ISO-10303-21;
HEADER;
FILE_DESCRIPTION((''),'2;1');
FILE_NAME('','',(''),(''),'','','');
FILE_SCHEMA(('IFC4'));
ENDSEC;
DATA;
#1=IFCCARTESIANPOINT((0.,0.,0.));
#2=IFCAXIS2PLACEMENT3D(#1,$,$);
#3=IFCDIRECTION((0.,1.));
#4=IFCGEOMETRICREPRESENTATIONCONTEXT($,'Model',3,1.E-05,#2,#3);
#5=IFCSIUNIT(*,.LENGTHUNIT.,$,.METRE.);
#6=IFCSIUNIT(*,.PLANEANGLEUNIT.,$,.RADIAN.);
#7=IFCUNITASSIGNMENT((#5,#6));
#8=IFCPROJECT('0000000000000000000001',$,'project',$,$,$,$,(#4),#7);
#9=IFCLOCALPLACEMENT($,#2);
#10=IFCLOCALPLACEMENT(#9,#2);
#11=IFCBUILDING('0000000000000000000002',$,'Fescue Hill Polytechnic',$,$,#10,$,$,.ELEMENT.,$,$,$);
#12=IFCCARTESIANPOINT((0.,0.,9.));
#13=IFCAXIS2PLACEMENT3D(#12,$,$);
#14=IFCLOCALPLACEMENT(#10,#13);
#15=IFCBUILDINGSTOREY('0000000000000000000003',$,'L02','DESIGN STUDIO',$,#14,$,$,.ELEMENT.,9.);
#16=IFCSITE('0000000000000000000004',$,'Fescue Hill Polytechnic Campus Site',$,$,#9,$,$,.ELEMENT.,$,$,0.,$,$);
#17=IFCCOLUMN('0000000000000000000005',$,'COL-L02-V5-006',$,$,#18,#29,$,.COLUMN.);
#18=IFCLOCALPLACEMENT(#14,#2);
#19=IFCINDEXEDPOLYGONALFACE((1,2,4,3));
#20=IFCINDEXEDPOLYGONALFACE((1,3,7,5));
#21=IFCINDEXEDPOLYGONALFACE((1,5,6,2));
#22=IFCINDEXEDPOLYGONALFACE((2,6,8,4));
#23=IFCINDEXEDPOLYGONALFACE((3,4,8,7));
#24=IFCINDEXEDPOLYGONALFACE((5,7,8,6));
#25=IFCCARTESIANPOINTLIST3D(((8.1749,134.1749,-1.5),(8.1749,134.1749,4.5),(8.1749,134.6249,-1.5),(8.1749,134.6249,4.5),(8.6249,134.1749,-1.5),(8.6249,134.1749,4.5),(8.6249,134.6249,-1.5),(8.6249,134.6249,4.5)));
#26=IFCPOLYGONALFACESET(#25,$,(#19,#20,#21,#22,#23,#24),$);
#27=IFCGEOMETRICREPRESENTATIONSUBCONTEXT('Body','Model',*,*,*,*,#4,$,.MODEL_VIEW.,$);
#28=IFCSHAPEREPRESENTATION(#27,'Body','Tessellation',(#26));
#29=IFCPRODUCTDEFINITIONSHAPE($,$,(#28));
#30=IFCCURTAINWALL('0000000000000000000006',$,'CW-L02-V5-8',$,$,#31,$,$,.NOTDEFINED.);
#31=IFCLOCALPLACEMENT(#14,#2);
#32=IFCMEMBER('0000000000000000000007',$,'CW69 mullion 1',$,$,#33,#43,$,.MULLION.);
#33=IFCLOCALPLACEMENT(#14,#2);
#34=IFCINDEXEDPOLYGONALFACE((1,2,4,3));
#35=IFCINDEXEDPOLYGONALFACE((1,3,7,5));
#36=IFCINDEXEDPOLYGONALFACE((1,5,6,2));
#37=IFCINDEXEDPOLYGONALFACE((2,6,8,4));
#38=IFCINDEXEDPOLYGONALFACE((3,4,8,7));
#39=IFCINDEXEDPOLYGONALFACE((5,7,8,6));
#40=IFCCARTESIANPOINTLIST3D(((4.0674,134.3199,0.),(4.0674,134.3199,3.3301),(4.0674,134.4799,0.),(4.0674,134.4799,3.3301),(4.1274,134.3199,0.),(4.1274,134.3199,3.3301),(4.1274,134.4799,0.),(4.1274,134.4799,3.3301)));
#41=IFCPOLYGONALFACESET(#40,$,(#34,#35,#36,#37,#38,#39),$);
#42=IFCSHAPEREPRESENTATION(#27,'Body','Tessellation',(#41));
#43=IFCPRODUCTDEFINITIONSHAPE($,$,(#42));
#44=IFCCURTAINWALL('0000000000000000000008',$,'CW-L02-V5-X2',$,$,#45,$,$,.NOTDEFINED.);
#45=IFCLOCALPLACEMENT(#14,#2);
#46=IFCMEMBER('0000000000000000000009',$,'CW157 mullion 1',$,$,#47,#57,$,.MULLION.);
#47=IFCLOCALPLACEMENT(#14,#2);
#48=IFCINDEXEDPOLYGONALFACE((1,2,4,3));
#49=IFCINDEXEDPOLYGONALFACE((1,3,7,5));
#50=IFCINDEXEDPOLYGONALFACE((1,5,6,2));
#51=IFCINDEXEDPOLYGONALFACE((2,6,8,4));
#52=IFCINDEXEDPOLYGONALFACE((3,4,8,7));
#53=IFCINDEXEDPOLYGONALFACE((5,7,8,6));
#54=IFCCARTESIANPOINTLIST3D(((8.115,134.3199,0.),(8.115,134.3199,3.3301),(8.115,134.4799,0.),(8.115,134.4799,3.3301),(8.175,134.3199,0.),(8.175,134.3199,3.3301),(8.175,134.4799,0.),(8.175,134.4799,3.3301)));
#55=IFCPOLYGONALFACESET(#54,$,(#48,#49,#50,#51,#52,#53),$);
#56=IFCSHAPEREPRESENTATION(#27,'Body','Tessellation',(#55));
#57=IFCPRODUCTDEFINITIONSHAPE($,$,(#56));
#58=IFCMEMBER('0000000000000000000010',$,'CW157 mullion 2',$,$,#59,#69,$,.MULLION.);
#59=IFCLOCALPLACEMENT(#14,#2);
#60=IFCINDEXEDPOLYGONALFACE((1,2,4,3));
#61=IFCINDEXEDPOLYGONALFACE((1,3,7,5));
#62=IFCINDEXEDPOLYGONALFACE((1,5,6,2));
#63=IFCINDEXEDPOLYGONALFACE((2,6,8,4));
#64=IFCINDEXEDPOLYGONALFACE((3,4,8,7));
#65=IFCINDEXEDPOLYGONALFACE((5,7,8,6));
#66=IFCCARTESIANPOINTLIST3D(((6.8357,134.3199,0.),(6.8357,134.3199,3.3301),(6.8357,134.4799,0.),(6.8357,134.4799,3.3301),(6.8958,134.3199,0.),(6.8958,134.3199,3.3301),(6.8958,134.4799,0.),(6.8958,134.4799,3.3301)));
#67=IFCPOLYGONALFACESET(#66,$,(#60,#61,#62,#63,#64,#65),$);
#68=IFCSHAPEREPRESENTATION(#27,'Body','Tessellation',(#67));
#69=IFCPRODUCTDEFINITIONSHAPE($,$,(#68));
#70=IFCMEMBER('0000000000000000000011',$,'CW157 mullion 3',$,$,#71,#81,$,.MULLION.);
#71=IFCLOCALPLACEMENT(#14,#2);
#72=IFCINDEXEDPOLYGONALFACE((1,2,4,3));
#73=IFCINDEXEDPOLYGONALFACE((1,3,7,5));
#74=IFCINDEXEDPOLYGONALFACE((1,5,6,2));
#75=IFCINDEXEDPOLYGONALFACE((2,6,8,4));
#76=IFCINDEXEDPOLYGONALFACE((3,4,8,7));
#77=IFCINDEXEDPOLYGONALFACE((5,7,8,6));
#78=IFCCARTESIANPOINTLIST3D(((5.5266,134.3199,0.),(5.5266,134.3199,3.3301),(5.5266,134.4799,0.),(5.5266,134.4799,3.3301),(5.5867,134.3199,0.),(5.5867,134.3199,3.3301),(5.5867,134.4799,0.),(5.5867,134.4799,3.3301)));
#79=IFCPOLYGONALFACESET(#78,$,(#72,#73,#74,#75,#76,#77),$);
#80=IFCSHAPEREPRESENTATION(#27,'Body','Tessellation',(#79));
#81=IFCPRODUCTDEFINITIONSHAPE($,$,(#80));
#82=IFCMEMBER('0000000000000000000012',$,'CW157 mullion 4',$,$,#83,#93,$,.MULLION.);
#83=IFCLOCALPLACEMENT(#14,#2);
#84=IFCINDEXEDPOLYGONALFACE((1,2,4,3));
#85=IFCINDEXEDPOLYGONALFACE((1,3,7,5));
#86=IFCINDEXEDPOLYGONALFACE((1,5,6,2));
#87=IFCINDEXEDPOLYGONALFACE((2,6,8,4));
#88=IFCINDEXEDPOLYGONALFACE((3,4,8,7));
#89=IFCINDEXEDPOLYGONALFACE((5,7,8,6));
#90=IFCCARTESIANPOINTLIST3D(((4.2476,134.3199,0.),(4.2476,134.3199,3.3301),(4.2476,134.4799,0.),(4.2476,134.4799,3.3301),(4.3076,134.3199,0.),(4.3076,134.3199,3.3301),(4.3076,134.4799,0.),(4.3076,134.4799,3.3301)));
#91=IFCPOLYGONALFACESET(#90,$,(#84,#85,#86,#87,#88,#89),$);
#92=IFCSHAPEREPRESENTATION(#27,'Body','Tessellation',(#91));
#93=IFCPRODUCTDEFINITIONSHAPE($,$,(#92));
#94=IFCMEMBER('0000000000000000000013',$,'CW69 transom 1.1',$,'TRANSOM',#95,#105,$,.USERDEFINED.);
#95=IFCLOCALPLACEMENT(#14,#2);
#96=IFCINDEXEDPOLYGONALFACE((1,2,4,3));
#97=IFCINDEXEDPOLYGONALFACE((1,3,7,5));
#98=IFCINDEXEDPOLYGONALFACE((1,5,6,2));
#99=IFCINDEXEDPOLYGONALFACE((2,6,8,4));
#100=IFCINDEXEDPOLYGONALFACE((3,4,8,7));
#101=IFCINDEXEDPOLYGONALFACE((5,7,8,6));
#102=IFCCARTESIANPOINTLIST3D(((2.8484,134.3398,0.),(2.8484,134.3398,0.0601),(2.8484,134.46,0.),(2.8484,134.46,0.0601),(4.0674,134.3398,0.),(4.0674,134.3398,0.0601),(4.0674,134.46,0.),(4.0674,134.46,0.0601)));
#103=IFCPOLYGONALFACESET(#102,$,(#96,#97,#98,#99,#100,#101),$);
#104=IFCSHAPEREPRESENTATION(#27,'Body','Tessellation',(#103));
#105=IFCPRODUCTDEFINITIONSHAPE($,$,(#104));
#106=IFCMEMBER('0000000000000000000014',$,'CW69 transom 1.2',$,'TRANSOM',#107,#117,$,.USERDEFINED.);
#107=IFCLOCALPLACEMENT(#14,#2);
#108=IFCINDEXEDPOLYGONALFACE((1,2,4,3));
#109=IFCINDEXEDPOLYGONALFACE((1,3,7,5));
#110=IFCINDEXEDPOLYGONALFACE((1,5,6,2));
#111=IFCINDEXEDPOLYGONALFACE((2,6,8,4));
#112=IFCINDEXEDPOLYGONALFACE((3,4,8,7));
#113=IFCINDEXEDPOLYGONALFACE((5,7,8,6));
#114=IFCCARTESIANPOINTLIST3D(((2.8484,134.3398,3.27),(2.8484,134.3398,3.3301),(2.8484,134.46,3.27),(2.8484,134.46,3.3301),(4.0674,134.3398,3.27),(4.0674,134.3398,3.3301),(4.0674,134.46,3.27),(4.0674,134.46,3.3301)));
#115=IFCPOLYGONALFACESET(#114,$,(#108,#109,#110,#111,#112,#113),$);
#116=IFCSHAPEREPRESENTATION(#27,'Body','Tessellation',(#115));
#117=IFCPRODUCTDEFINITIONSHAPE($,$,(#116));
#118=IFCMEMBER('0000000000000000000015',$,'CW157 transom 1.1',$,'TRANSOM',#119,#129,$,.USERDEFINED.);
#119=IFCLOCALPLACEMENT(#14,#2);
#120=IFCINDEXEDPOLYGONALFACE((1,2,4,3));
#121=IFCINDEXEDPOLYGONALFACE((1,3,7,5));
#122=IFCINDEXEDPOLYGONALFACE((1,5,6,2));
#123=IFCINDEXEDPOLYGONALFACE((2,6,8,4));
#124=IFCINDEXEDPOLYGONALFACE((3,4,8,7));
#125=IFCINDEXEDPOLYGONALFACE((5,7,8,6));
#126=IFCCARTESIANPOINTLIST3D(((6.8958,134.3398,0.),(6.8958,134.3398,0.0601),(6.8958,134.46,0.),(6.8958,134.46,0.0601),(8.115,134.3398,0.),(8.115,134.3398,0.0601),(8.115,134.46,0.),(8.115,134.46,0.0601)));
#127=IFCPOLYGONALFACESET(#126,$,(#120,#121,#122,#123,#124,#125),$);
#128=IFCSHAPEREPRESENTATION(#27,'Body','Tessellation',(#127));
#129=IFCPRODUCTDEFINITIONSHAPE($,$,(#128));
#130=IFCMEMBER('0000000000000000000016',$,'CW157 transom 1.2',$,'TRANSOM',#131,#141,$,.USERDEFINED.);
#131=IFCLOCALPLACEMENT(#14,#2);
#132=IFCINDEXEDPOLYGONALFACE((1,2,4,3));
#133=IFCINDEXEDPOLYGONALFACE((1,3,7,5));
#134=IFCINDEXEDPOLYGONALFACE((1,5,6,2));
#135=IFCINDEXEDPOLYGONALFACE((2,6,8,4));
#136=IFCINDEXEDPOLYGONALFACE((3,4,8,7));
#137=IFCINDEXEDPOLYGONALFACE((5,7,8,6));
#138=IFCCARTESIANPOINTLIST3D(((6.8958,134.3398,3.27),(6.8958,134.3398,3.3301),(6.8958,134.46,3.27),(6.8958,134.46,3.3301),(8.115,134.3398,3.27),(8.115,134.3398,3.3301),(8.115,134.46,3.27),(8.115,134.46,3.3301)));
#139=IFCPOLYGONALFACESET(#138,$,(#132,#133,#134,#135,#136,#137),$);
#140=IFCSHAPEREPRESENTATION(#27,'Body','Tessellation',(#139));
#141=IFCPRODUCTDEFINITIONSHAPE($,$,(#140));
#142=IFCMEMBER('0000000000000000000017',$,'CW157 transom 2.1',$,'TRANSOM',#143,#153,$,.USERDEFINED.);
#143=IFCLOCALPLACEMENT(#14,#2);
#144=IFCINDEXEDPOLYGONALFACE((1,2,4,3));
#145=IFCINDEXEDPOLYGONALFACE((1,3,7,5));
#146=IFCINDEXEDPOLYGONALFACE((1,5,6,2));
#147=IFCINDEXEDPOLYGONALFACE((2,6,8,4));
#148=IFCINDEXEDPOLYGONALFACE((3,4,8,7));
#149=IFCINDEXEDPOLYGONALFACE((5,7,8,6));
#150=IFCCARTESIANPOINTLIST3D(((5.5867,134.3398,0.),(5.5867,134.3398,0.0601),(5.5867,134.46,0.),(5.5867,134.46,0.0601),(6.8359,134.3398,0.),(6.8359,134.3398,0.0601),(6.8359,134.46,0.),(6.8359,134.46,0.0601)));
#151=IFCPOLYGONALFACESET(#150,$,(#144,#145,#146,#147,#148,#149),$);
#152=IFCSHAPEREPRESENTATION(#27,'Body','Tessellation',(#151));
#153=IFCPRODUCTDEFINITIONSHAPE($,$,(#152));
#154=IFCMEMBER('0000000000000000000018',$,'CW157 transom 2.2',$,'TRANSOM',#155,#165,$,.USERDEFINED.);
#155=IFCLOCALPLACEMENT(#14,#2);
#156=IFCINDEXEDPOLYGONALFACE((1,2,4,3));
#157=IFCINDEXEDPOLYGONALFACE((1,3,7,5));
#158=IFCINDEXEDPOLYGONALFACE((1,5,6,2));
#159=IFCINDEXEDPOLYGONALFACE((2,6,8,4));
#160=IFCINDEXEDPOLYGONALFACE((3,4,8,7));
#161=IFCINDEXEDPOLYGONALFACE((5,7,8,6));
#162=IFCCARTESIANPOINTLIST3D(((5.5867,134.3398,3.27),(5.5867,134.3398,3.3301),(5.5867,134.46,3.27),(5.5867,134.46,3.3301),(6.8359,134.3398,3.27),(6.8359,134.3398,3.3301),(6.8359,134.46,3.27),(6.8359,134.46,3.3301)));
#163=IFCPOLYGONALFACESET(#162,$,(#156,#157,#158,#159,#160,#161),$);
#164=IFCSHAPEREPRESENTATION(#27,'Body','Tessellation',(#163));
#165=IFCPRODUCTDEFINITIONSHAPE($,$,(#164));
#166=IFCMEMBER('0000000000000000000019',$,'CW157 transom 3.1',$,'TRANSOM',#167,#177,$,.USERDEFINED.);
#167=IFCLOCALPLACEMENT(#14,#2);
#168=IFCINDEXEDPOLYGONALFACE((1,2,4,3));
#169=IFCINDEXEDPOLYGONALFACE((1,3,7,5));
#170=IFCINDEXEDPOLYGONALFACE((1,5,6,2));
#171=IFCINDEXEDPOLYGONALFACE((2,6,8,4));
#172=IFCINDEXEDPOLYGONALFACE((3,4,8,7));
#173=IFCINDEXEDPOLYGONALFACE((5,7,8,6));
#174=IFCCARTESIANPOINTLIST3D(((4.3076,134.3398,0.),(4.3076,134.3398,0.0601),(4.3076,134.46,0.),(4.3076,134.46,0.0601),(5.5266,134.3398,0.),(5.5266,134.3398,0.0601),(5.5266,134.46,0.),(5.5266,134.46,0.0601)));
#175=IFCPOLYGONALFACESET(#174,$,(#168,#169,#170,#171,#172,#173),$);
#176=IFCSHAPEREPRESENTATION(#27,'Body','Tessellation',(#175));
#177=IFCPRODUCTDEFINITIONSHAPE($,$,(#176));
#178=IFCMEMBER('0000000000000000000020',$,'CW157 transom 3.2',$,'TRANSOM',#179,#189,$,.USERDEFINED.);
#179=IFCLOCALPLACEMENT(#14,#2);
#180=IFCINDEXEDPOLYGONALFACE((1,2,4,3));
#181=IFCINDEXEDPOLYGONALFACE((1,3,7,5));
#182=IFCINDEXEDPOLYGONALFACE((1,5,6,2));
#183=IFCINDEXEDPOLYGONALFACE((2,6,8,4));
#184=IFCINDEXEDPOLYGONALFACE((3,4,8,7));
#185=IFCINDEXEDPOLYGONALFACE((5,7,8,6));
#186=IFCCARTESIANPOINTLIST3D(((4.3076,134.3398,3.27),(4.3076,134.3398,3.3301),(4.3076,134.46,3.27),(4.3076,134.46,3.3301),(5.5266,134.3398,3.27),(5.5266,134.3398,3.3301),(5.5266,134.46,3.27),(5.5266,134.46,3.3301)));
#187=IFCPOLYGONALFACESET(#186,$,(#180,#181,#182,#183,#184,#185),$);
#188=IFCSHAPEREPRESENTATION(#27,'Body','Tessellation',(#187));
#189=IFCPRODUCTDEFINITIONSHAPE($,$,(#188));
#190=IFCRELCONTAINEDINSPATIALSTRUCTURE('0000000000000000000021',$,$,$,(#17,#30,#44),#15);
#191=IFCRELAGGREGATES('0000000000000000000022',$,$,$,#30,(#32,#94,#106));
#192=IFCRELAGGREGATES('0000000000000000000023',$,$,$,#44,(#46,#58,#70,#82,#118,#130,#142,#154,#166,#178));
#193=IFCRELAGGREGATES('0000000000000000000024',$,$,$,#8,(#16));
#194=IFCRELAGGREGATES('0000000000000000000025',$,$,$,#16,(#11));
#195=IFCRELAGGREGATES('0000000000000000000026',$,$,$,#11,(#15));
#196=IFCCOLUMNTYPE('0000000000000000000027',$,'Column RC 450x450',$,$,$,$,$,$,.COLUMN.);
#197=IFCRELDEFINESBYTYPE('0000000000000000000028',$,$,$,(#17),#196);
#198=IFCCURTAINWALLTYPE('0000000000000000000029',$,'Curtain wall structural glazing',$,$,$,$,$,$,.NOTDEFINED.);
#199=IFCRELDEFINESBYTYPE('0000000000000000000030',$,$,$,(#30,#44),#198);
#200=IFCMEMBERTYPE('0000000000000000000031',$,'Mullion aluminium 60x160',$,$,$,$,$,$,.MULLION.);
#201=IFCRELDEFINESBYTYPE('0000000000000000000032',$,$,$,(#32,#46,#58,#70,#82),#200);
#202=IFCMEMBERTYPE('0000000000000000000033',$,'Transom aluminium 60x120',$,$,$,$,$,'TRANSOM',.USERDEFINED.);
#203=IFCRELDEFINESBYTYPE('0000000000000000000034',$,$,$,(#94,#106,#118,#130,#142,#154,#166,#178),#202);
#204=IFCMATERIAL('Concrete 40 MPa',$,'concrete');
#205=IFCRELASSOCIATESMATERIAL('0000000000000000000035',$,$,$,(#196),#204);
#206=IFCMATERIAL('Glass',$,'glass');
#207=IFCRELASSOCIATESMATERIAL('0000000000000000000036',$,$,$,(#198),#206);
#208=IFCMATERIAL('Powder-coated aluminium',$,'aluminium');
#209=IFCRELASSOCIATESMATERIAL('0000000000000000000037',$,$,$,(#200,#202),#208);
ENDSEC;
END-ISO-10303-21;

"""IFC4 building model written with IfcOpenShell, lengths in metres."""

from ifc_helpers import new_model, si_unit, direction, frame, origin, origin_2d, place, context, subcontext, project, spatial, rectangle, extrude, material, material_profile, profile_set, type_object, element, aggregate, save


model = new_model("IFC4")

# Units and contexts
model_context = context("Model", 3, precision=1e-05, world=origin(), true_north=direction((0.0, 1.0)))
body_context = subcontext(model_context, "Body", "Model", "MODEL_VIEW")
ifc_project = project(units=[si_unit("LENGTHUNIT", "METRE"), si_unit("PLANEANGLEUNIT", "RADIAN")], contexts=[model_context])

# Site, building, storey
site_placement = place(None, origin())
site = spatial("IfcSite", under=ifc_project, at=site_placement, Name="Fescue Hill Polytechnic Campus Site", CompositionType="ELEMENT", RefElevation=0.0)
building_placement = place(site_placement, origin())
building = spatial("IfcBuilding", under=site, at=building_placement, Name="Fescue Hill Polytechnic", CompositionType="ELEMENT")
storey_placement = place(building_placement, frame((0.0, 0.0, 9.0)))
storey = spatial("IfcBuildingStorey", under=building, at=storey_placement, Name="L02", Description="DESIGN STUDIO", CompositionType="ELEMENT", Elevation=9.0)

# Column
ifc_material_1 = material(Name="Concrete 40 MPa", Category="concrete")
ifc_material_profile_1 = material_profile(ifc_material_1, rectangle(XDim=0.45, YDim=0.45, at=origin_2d()), Name="RC 450x450")
ifc_profile_set_1 = profile_set([ifc_material_profile_1], Name="Concrete 40 MPa")
column_type = type_object("IfcColumnType", Name="Column RC 450x450", PredefinedType="COLUMN", material=ifc_profile_set_1)
column_placement = place(storey_placement, frame((8.3999, 134.3999, -1.5), z_axis=(0.0, 0.0, 1.0), x_axis=(1.0, 0.0, 0.0)))
element("IfcColumn", 1, at=column_placement, inside=storey, type_object=column_type, Name="COL-L02-V5-006", PredefinedType="COLUMN", context=body_context, shape_type="SweptSolid", body=[
    extrude(rectangle(XDim=0.45, YDim=0.45, at=origin_2d()), origin(), (0.0, 0.0, 1.0), 6.0),
])

# Curtain wall, member
ifc_material_2 = material(Name="Glass", Category="glass")
curtain_wall_type = type_object("IfcCurtainWallType", Name="Curtain wall structural glazing", PredefinedType="NOTDEFINED", material=ifc_material_2)
curtain_wall_1_placement = place(storey_placement, origin())
curtain_wall_1 = element("IfcCurtainWall", 2, at=curtain_wall_1_placement, inside=storey, type_object=curtain_wall_type, Name="CW-L02-V5-8", PredefinedType="NOTDEFINED")
ifc_material_3 = material(Name="Powder-coated aluminium", Category="aluminium")
ifc_material_profile_2 = material_profile(ifc_material_3, rectangle(XDim=0.1599, YDim=0.0601, at=origin_2d()), Name="Mullion aluminium 60x160")
ifc_profile_set_2 = profile_set([ifc_material_profile_2], Name="Powder-coated aluminium")
member_type_1 = type_object("IfcMemberType", Name="Mullion aluminium 60x160", PredefinedType="MULLION", material=ifc_profile_set_2)
member_1_placement = place(storey_placement, frame((4.0974, 134.3999, 0.0), z_axis=(0.0, 0.0, 1.0), x_axis=(0.0, -1.0, 0.0)))
member_1 = element("IfcMember", 3, at=member_1_placement, type_object=member_type_1, Name="CW69 mullion 1", PredefinedType="MULLION", context=body_context, shape_type="SweptSolid", body=[
    extrude(rectangle(XDim=0.1599, YDim=0.0601, at=origin_2d()), origin(), (0.0, 0.0, 1.0), 3.3301),
])

# Curtain wall, members
curtain_wall_2_placement = place(storey_placement, origin())
curtain_wall_2 = element("IfcCurtainWall", 4, at=curtain_wall_2_placement, inside=storey, type_object=curtain_wall_type, Name="CW-L02-V5-X2", PredefinedType="NOTDEFINED")
member_2_placement = place(storey_placement, frame((8.145, 134.3999, 0.0), z_axis=(0.0, 0.0, 1.0), x_axis=(0.0, -1.0, 0.0)))
member_2 = element("IfcMember", 5, at=member_2_placement, type_object=member_type_1, Name="CW157 mullion 1", PredefinedType="MULLION", context=body_context, shape_type="SweptSolid", body=[
    extrude(rectangle(XDim=0.1599, YDim=0.0601, at=origin_2d()), origin(), (0.0, 0.0, 1.0), 3.3301),
])
member_3_placement = place(storey_placement, frame((6.8657, 134.3999, 0.0), z_axis=(0.0, 0.0, 1.0), x_axis=(0.0, -1.0, 0.0)))
member_3 = element("IfcMember", 6, at=member_3_placement, type_object=member_type_1, Name="CW157 mullion 2", PredefinedType="MULLION", context=body_context, shape_type="SweptSolid", body=[
    extrude(rectangle(XDim=0.1599, YDim=0.0601, at=origin_2d()), origin(), (0.0, 0.0, 1.0), 3.3301),
])
member_4_placement = place(storey_placement, frame((5.5566, 134.3999, 0.0), z_axis=(0.0, 0.0, 1.0), x_axis=(0.0, -1.0, 0.0)))
member_4 = element("IfcMember", 7, at=member_4_placement, type_object=member_type_1, Name="CW157 mullion 3", PredefinedType="MULLION", context=body_context, shape_type="SweptSolid", body=[
    extrude(rectangle(XDim=0.1599, YDim=0.0601, at=origin_2d()), origin(), (0.0, 0.0, 1.0), 3.3301),
])
member_5_placement = place(storey_placement, frame((4.2776, 134.3999, 0.0), z_axis=(0.0, 0.0, 1.0), x_axis=(0.0, -1.0, 0.0)))
member_5 = element("IfcMember", 8, at=member_5_placement, type_object=member_type_1, Name="CW157 mullion 4", PredefinedType="MULLION", context=body_context, shape_type="SweptSolid", body=[
    extrude(rectangle(XDim=0.1599, YDim=0.0601, at=origin_2d()), origin(), (0.0, 0.0, 1.0), 3.3301),
])

# Members
ifc_material_profile_3 = material_profile(ifc_material_3, rectangle(XDim=0.1201, YDim=0.0601, at=origin_2d()), Name="Transom aluminium 60x120")
ifc_profile_set_3 = profile_set([ifc_material_profile_3], Name="Powder-coated aluminium")
member_type_2 = type_object("IfcMemberType", Name="Transom aluminium 60x120", ElementType="TRANSOM", PredefinedType="USERDEFINED", material=ifc_profile_set_3)
member_6_placement = place(storey_placement, frame((4.0674, 134.3999, 0.03), z_axis=(-1.0, 0.0, 0.0), x_axis=(0.0, -1.0, 0.0)))
member_6 = element("IfcMember", 9, at=member_6_placement, type_object=member_type_2, Name="CW69 transom 1.1", ObjectType="TRANSOM", PredefinedType="USERDEFINED", context=body_context, shape_type="SweptSolid", body=[
    extrude(rectangle(XDim=0.1201, YDim=0.0601, at=origin_2d()), origin(), (0.0, 0.0, 1.0), 1.219),
])
member_7_placement = place(storey_placement, frame((4.0674, 134.3999, 3.3), z_axis=(-1.0, 0.0, 0.0), x_axis=(0.0, -1.0, 0.0)))
member_7 = element("IfcMember", 10, at=member_7_placement, type_object=member_type_2, Name="CW69 transom 1.2", ObjectType="TRANSOM", PredefinedType="USERDEFINED", context=body_context, shape_type="SweptSolid", body=[
    extrude(rectangle(XDim=0.1201, YDim=0.0601, at=origin_2d()), origin(), (0.0, 0.0, 1.0), 1.219),
])
aggregate(curtain_wall_1, [member_1, member_6, member_7])
member_8_placement = place(storey_placement, frame((8.115, 134.3999, 0.03), z_axis=(-1.0, 0.0, 0.0), x_axis=(0.0, -1.0, 0.0)))
member_8 = element("IfcMember", 11, at=member_8_placement, type_object=member_type_2, Name="CW157 transom 1.1", ObjectType="TRANSOM", PredefinedType="USERDEFINED", context=body_context, shape_type="SweptSolid", body=[
    extrude(rectangle(XDim=0.1201, YDim=0.0601, at=origin_2d()), origin(), (0.0, 0.0, 1.0), 1.2192),
])
member_9_placement = place(storey_placement, frame((8.115, 134.3999, 3.3), z_axis=(-1.0, 0.0, 0.0), x_axis=(0.0, -1.0, 0.0)))
member_9 = element("IfcMember", 12, at=member_9_placement, type_object=member_type_2, Name="CW157 transom 1.2", ObjectType="TRANSOM", PredefinedType="USERDEFINED", context=body_context, shape_type="SweptSolid", body=[
    extrude(rectangle(XDim=0.1201, YDim=0.0601, at=origin_2d()), origin(), (0.0, 0.0, 1.0), 1.2192),
])
member_10_placement = place(storey_placement, frame((6.8359, 134.3999, 0.03), z_axis=(-1.0, 0.0, 0.0), x_axis=(0.0, -1.0, 0.0)))
member_10 = element("IfcMember", 13, at=member_10_placement, type_object=member_type_2, Name="CW157 transom 2.1", ObjectType="TRANSOM", PredefinedType="USERDEFINED", context=body_context, shape_type="SweptSolid", body=[
    extrude(rectangle(XDim=0.1201, YDim=0.0601, at=origin_2d()), origin(), (0.0, 0.0, 1.0), 1.2493),
])
member_11_placement = place(storey_placement, frame((6.8359, 134.3999, 3.3), z_axis=(-1.0, 0.0, 0.0), x_axis=(0.0, -1.0, 0.0)))
member_11 = element("IfcMember", 14, at=member_11_placement, type_object=member_type_2, Name="CW157 transom 2.2", ObjectType="TRANSOM", PredefinedType="USERDEFINED", context=body_context, shape_type="SweptSolid", body=[
    extrude(rectangle(XDim=0.1201, YDim=0.0601, at=origin_2d()), origin(), (0.0, 0.0, 1.0), 1.2493),
])
member_12_placement = place(storey_placement, frame((5.5266, 134.3999, 0.03), z_axis=(-1.0, 0.0, 0.0), x_axis=(0.0, -1.0, 0.0)))
member_12 = element("IfcMember", 15, at=member_12_placement, type_object=member_type_2, Name="CW157 transom 3.1", ObjectType="TRANSOM", PredefinedType="USERDEFINED", context=body_context, shape_type="SweptSolid", body=[
    extrude(rectangle(XDim=0.1201, YDim=0.0601, at=origin_2d()), origin(), (0.0, 0.0, 1.0), 1.219),
])
member_13_placement = place(storey_placement, frame((5.5266, 134.3999, 3.3), z_axis=(-1.0, 0.0, 0.0), x_axis=(0.0, -1.0, 0.0)))
member_13 = element("IfcMember", 16, at=member_13_placement, type_object=member_type_2, Name="CW157 transom 3.2", ObjectType="TRANSOM", PredefinedType="USERDEFINED", context=body_context, shape_type="SweptSolid", body=[
    extrude(rectangle(XDim=0.1201, YDim=0.0601, at=origin_2d()), origin(), (0.0, 0.0, 1.0), 1.219),
])

aggregate(curtain_wall_2, [member_2, member_3, member_4, member_5, member_8, member_9, member_10, member_11, member_12, member_13])

save(model, "model.ifc")
